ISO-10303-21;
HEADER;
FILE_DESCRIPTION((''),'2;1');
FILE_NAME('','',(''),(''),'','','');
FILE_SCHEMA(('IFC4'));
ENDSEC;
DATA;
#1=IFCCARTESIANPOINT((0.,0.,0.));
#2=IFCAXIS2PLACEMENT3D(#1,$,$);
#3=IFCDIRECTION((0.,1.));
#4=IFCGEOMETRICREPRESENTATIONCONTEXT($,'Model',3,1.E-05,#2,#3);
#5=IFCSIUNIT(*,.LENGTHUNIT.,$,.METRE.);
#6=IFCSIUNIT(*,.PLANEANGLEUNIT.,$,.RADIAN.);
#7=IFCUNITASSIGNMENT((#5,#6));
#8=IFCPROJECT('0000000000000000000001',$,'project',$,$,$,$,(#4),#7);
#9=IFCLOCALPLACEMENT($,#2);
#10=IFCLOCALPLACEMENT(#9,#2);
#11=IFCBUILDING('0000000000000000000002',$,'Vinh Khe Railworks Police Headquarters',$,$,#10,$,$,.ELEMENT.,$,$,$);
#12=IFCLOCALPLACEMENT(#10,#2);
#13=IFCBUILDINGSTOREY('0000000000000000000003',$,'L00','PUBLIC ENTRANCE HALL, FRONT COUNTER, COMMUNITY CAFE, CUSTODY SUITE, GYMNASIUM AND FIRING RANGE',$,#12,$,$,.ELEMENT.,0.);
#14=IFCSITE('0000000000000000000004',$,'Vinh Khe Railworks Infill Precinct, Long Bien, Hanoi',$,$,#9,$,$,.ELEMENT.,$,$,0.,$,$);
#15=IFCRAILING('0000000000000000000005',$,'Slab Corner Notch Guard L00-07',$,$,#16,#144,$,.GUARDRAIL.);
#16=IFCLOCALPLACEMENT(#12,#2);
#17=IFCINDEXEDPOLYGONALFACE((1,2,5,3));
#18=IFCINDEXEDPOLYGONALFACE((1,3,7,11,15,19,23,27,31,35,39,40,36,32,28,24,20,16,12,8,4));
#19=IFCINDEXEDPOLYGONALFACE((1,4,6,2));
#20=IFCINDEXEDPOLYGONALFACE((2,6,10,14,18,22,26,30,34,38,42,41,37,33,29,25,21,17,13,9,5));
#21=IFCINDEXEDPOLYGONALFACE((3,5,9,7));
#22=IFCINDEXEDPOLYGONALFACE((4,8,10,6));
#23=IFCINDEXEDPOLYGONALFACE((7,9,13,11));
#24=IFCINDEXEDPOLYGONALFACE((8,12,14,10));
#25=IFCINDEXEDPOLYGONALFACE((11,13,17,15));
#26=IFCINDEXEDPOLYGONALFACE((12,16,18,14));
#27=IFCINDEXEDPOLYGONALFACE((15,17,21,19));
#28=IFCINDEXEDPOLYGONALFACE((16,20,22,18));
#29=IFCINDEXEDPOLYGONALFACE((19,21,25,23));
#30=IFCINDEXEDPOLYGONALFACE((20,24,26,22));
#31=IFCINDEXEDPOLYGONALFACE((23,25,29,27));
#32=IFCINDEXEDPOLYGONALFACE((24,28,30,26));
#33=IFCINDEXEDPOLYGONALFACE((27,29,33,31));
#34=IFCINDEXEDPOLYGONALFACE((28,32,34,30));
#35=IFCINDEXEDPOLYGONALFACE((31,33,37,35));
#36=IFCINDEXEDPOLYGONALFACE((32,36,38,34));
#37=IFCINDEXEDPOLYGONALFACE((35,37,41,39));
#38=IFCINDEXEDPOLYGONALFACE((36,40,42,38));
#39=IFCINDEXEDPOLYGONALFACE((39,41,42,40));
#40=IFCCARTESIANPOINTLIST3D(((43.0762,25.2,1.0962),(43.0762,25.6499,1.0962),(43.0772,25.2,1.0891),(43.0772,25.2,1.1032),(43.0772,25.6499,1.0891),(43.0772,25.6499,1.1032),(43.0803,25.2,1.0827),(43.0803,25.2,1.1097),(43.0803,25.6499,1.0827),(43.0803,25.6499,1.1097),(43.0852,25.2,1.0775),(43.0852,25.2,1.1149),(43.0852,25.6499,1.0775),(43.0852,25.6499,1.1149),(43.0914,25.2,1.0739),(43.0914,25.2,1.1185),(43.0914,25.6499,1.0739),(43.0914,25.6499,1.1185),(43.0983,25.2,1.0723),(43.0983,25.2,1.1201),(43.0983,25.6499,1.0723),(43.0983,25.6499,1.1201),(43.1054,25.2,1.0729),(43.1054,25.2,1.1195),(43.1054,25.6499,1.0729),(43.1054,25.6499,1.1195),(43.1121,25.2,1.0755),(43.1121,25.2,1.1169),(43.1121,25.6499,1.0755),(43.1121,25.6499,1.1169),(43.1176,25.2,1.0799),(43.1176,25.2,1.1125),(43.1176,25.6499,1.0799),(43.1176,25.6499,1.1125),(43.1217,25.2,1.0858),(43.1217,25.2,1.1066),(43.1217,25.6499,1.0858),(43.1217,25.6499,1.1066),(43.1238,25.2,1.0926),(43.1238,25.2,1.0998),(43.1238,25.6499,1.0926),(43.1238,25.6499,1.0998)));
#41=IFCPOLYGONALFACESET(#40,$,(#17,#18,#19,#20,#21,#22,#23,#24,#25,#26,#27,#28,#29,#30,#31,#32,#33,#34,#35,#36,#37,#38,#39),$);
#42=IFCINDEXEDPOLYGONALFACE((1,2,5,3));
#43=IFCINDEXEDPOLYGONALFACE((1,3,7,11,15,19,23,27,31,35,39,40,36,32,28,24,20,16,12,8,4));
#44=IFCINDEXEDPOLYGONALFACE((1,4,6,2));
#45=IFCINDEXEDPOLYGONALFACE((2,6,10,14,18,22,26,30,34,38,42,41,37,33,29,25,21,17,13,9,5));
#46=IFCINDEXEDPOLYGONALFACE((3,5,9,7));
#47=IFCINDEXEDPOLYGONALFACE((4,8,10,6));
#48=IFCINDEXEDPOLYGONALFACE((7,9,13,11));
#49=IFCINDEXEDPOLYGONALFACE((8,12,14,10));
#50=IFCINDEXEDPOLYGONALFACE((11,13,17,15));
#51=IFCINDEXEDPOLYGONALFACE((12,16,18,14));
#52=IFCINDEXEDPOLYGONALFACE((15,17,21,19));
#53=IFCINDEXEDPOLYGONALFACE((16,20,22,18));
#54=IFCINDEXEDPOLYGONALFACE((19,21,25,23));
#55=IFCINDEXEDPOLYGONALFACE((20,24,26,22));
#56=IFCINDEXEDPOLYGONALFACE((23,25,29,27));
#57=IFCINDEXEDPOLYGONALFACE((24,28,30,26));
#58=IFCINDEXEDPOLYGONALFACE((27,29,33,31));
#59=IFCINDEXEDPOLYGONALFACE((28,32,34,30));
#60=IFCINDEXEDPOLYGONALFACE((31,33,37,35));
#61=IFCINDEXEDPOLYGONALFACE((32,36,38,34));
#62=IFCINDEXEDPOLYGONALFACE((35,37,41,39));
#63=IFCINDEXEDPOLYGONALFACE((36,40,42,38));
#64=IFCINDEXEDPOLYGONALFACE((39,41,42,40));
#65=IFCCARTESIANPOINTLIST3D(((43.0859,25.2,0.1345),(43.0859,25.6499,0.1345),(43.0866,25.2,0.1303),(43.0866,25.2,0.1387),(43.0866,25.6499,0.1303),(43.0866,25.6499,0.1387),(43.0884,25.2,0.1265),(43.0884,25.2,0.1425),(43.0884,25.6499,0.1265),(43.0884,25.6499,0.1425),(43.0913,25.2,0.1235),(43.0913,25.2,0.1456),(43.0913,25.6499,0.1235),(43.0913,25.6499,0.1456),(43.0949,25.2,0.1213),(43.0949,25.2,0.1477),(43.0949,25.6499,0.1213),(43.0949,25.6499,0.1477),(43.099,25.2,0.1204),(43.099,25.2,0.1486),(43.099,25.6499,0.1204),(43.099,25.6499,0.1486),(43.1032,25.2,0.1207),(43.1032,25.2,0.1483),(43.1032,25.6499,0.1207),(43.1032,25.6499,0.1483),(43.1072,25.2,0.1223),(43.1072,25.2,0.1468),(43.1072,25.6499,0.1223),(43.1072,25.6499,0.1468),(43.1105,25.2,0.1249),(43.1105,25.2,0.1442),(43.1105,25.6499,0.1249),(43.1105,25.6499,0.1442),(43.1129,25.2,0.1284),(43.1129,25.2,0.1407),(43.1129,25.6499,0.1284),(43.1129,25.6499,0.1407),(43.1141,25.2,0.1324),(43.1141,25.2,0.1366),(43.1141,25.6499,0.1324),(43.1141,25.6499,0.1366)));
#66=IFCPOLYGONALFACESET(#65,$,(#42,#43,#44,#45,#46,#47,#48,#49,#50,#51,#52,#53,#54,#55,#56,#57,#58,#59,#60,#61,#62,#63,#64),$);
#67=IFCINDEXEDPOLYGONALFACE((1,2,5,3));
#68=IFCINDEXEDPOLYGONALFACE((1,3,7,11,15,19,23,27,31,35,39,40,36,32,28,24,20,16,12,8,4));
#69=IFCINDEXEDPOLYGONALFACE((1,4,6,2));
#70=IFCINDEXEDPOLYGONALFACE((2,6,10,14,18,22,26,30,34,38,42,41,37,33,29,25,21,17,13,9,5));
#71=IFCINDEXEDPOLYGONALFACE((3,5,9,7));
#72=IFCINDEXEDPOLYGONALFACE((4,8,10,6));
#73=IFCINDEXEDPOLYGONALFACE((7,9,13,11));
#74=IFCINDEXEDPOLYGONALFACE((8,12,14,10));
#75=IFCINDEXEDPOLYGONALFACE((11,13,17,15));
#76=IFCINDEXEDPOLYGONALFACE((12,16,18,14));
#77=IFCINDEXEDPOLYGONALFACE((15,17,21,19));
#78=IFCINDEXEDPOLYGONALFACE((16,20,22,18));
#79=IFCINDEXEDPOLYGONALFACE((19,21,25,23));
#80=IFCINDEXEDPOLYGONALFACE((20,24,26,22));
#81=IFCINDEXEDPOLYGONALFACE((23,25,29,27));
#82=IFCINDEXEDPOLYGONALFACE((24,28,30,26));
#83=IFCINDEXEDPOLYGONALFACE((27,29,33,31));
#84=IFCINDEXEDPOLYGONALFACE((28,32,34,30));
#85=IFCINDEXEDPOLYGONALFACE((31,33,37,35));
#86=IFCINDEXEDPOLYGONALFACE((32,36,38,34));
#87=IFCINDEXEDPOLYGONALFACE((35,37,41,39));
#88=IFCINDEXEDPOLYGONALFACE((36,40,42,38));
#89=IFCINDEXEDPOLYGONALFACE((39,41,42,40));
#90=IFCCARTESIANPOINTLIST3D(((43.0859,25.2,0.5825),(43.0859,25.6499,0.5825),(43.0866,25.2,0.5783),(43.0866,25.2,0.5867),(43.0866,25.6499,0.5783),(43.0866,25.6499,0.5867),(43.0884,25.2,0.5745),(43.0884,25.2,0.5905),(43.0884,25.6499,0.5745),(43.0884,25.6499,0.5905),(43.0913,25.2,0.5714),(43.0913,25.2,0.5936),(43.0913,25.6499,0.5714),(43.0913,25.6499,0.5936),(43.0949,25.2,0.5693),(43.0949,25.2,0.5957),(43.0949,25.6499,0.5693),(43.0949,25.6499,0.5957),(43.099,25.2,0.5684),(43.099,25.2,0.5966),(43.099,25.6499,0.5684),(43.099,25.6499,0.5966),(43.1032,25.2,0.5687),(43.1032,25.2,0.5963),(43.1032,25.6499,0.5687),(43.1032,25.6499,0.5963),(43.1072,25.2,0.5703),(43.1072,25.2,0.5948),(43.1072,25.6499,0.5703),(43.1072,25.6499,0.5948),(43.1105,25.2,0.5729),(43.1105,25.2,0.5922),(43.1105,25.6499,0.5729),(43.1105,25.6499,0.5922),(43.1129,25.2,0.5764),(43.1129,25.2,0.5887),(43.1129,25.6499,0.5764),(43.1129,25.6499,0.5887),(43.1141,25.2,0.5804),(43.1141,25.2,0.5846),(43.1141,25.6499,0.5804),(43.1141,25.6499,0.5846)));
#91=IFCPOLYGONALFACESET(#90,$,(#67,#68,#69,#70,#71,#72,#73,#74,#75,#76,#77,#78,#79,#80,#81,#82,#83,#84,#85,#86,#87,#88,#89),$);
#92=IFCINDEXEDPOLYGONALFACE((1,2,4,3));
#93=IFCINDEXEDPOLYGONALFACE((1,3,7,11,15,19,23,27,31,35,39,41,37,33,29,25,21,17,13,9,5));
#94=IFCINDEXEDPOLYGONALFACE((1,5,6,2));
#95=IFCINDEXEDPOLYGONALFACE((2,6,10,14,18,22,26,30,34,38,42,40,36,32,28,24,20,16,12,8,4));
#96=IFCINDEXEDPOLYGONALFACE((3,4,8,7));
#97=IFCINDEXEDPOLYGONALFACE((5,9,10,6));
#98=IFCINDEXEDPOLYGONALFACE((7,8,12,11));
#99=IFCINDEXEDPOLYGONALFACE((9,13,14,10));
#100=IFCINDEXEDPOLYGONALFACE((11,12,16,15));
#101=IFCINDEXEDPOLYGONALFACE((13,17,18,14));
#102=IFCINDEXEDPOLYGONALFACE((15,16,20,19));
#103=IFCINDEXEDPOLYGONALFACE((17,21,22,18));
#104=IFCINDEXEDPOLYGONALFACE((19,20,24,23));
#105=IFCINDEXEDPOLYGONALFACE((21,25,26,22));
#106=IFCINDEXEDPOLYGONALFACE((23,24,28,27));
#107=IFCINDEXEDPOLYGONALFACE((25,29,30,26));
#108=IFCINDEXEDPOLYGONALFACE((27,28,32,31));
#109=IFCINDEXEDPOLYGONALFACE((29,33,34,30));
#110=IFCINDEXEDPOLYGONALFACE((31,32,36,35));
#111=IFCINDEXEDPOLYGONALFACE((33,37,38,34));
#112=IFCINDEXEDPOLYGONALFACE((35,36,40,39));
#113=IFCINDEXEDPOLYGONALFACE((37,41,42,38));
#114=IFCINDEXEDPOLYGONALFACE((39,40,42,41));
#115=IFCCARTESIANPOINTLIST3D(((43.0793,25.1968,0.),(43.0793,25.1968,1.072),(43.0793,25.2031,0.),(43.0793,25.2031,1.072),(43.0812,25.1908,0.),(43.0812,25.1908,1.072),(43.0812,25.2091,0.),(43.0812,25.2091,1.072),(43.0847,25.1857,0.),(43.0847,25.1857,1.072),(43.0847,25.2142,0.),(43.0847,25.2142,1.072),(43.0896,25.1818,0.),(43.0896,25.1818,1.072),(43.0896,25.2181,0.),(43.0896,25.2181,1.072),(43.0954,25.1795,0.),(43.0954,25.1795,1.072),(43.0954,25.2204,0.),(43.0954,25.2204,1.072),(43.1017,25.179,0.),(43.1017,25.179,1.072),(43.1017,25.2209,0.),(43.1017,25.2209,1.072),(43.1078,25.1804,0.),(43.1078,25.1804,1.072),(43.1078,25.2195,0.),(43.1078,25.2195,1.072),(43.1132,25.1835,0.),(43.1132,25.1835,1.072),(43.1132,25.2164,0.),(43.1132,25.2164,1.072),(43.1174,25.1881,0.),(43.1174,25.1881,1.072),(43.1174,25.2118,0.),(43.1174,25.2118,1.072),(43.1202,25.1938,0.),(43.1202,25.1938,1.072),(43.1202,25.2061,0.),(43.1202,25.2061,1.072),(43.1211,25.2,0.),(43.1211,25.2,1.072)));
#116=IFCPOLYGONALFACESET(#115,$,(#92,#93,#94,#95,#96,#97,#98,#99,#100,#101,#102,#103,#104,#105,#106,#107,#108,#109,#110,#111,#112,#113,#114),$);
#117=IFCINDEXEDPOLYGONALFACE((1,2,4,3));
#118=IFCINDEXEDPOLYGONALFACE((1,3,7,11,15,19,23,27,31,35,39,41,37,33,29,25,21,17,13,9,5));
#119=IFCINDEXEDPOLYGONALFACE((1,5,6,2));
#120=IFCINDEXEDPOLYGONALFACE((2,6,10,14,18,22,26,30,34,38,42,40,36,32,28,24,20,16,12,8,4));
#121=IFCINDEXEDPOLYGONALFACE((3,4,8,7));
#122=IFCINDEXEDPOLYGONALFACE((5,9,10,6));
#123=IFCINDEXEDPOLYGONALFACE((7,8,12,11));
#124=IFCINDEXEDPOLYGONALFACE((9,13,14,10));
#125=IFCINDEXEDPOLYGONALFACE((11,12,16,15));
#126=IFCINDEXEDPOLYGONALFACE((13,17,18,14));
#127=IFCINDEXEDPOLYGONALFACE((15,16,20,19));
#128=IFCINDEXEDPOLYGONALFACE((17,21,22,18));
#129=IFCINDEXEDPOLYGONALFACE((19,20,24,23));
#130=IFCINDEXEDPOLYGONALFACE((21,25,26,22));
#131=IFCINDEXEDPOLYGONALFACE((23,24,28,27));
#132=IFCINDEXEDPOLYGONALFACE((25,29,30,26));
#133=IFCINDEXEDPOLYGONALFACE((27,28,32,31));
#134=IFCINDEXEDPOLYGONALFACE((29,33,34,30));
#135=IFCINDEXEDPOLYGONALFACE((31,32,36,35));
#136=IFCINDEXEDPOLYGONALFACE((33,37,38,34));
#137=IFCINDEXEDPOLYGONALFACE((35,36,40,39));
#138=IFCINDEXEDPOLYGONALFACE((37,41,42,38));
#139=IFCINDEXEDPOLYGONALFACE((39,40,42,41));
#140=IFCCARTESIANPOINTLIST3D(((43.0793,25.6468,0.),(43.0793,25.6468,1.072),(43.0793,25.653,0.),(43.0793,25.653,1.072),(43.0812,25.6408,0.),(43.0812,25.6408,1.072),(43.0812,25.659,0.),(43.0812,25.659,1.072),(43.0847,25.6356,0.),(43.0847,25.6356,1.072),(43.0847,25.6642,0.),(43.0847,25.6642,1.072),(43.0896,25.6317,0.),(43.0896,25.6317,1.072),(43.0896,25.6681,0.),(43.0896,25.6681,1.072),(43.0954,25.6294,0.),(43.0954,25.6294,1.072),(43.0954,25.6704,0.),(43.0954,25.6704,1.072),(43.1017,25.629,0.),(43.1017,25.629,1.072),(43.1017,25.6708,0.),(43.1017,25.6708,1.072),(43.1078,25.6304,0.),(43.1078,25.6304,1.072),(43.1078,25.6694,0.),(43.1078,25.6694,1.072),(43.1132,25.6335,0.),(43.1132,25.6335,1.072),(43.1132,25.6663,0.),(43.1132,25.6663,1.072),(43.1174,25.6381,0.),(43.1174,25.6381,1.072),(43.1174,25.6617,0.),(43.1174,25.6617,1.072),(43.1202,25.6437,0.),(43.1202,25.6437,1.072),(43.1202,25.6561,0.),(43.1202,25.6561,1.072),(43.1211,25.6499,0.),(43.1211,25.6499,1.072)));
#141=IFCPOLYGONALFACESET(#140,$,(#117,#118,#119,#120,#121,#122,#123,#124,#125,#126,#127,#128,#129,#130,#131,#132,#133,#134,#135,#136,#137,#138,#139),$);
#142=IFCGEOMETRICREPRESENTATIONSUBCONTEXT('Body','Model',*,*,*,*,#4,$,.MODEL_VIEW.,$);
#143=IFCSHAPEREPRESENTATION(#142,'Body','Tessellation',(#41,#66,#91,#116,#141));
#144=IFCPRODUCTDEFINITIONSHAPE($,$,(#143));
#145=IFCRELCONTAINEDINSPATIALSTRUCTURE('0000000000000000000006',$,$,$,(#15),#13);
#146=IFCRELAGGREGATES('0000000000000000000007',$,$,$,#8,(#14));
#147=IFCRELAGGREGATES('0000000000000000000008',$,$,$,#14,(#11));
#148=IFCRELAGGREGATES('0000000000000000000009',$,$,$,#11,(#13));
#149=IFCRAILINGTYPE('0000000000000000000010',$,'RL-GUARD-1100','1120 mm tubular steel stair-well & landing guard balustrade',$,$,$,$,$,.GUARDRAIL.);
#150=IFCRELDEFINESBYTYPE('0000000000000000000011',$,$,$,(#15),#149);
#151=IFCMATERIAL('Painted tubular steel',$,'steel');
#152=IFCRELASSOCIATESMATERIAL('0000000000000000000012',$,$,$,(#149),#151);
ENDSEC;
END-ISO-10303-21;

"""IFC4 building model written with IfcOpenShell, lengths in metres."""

from ifc_helpers import new_model, si_unit, direction, frame, origin, origin_2d, place, context, subcontext, project, spatial, circle, extrude, material, type_object, element, save


model = new_model("IFC4")

# Units and contexts
model_context = context("Model", 3, precision=1e-05, world=origin(), true_north=direction((0.0, 1.0)))
body_context = subcontext(model_context, "Body", "Model", "MODEL_VIEW")
ifc_project = project(units=[si_unit("LENGTHUNIT", "METRE"), si_unit("PLANEANGLEUNIT", "RADIAN")], contexts=[model_context])

# Site, building, storey
site_placement = place(None, origin())
site = spatial("IfcSite", under=ifc_project, at=site_placement, Name="Vinh Khe Railworks Infill Precinct, Long Bien, Hanoi", CompositionType="ELEMENT", RefElevation=0.0)
building_placement = place(site_placement, origin())
building = spatial("IfcBuilding", under=site, at=building_placement, Name="Vinh Khe Railworks Police Headquarters", CompositionType="ELEMENT")
storey_placement = place(building_placement, origin())
storey = spatial("IfcBuildingStorey", under=building, at=storey_placement, Name="L00", Description="PUBLIC ENTRANCE HALL, FRONT COUNTER, COMMUNITY CAFE, CUSTODY SUITE, GYMNASIUM AND FIRING RANGE", CompositionType="ELEMENT", Elevation=0.0)

# Railing
ifc_material_1 = material(Name="Painted tubular steel", Category="steel")
railing_type = type_object("IfcRailingType", Name="RL-GUARD-1100", Description="1120 mm tubular steel stair-well & landing guard balustrade", PredefinedType="GUARDRAIL", material=ifc_material_1)
railing_1_placement = place(storey_placement, frame((43.1001, 25.2, 0.0)))
element("IfcRailing", 1, at=railing_1_placement, inside=storey, type_object=railing_type, Name="Slab Corner Notch Guard L00-07", PredefinedType="GUARDRAIL", context=body_context, shape_type="SweptSolid", body=[
    extrude(circle(Radius=0.0239, at=origin_2d()), frame((0.0, 0.0, 1.0962), z_axis=(0.0, 1.0, 0.0), x_axis=(-1.0, 0.0, 0.0)), (0.0, 0.0, 1.0), 0.45),
    extrude(circle(Radius=0.0142, at=origin_2d()), frame((0.0, 0.0, 0.1345), z_axis=(0.0, 1.0, 0.0), x_axis=(-1.0, 0.0, 0.0)), (0.0, 0.0, 1.0), 0.45),
    extrude(circle(Radius=0.0142, at=origin_2d()), frame((0.0, 0.0, 0.5825), z_axis=(0.0, 1.0, 0.0), x_axis=(-1.0, 0.0, 0.0)), (0.0, 0.0, 1.0), 0.45),
    extrude(circle(Radius=0.021, at=origin_2d()), origin(), (0.0, 0.0, 1.0), 1.072),
    extrude(circle(Radius=0.021, at=origin_2d()), frame((0.0, 0.45, 0.0)), (0.0, 0.0, 1.0), 1.072),
])

save(model, "model.ifc")
